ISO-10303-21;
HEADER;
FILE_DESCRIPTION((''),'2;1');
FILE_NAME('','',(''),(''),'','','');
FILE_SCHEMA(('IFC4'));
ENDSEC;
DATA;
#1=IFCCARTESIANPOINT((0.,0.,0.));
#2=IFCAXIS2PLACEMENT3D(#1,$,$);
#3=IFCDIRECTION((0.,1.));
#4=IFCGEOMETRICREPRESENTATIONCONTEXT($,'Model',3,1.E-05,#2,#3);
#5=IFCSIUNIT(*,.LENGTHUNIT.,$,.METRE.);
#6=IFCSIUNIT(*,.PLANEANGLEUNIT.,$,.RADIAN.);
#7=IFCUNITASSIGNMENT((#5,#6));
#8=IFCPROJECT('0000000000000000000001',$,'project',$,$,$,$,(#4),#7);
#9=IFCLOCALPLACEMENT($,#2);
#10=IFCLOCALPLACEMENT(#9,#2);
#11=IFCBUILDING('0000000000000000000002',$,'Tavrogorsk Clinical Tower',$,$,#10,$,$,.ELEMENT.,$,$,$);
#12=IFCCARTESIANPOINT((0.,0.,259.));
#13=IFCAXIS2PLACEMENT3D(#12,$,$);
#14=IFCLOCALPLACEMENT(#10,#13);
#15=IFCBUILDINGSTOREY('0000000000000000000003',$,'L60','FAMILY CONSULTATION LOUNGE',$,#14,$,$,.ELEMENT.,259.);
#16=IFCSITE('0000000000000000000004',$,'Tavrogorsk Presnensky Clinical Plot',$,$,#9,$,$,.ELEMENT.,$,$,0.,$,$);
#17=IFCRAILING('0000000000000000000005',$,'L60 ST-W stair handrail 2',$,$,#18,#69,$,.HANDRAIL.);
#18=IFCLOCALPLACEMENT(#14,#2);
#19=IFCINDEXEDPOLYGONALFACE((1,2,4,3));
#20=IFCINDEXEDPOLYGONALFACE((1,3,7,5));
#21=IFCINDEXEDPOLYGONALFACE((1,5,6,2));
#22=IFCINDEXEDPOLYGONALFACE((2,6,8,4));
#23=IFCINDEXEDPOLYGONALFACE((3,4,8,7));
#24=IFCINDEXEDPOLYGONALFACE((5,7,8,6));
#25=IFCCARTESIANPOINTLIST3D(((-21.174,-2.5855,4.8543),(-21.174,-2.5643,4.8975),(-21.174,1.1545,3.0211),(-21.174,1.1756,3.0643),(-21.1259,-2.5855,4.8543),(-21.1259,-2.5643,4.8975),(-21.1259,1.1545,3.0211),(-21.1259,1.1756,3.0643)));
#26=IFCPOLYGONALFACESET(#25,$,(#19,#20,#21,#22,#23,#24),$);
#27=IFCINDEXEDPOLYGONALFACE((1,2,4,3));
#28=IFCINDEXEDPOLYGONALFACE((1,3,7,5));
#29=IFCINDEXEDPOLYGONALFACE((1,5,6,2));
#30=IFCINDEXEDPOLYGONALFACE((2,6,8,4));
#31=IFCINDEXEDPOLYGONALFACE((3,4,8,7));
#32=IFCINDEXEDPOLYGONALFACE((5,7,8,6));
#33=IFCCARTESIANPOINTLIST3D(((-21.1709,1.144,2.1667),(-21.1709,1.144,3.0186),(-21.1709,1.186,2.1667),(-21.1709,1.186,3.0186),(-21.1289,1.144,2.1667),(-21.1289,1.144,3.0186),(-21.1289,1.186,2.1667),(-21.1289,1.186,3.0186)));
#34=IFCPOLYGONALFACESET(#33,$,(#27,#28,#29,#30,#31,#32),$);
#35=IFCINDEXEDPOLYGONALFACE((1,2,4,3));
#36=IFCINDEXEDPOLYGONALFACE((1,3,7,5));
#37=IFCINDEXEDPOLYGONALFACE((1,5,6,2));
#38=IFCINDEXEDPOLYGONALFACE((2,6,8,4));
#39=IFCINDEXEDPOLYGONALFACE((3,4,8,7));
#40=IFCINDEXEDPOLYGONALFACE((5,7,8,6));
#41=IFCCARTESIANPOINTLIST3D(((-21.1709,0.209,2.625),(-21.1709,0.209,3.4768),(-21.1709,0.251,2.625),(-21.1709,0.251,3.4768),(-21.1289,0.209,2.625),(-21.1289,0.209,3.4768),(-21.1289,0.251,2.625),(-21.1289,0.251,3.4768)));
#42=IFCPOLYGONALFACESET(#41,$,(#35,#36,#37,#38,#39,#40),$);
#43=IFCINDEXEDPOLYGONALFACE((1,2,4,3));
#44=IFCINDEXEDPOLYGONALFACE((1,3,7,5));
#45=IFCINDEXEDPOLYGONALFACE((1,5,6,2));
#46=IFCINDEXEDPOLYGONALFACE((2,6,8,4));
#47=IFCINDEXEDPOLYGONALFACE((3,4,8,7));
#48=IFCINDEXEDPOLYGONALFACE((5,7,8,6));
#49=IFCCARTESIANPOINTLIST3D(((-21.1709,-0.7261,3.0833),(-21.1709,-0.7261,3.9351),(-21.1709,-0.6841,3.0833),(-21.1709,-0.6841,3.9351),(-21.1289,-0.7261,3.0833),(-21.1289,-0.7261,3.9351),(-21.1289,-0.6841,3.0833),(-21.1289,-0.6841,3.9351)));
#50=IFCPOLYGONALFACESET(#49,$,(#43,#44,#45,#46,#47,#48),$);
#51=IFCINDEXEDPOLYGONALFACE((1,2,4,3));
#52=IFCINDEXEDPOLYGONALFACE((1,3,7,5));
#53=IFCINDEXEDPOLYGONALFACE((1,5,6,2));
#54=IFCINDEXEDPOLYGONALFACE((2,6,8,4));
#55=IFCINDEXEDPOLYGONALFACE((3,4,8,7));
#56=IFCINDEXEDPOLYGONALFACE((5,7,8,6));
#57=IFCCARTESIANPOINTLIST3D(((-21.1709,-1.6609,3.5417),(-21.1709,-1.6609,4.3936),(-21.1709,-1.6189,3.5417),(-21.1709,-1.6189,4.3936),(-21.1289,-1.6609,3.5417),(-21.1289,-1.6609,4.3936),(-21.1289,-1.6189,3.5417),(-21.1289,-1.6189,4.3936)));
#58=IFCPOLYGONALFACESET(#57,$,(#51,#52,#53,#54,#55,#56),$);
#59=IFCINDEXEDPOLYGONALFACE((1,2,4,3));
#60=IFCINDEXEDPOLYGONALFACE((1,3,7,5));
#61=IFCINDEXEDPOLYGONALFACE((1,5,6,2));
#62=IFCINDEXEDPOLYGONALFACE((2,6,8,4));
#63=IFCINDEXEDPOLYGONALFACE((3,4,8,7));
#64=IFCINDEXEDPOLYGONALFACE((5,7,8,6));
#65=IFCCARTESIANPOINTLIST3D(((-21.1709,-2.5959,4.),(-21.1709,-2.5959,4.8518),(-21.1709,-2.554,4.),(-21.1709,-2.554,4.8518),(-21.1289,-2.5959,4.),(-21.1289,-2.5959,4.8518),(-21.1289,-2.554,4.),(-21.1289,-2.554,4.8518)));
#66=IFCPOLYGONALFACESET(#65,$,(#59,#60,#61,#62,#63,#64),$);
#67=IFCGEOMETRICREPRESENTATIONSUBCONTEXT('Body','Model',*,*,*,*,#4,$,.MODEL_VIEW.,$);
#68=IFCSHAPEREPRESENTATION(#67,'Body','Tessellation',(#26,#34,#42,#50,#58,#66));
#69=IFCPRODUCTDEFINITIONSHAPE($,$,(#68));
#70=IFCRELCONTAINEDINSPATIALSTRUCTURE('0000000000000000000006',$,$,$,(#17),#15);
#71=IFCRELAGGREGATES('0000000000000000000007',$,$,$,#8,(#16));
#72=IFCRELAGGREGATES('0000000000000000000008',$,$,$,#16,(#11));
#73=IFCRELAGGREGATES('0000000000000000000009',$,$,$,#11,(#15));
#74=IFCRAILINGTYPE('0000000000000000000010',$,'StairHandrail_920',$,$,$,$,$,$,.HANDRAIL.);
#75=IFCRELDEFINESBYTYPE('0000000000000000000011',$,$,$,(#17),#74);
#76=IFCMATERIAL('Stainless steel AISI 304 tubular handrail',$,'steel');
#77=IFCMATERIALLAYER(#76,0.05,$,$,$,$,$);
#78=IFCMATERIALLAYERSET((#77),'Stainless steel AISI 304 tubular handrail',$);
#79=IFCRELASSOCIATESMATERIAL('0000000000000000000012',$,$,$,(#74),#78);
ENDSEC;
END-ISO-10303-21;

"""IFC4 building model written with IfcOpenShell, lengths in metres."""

from ifc_helpers import new_model, si_unit, direction, frame, origin, origin_2d, place, context, subcontext, project, spatial, rectangle, extrude, material, layer, layer_set, type_object, element, save


model = new_model("IFC4")

# Units and contexts
model_context = context("Model", 3, precision=1e-05, world=origin(), true_north=direction((0.0, 1.0)))
body_context = subcontext(model_context, "Body", "Model", "MODEL_VIEW")
ifc_project = project(units=[si_unit("LENGTHUNIT", "METRE"), si_unit("PLANEANGLEUNIT", "RADIAN")], contexts=[model_context])

# Site, building, storey
site_placement = place(None, origin())
site = spatial("IfcSite", under=ifc_project, at=site_placement, Name="Tavrogorsk Presnensky Clinical Plot", CompositionType="ELEMENT", RefElevation=0.0)
building_placement = place(site_placement, origin())
building = spatial("IfcBuilding", under=site, at=building_placement, Name="Tavrogorsk Clinical Tower", CompositionType="ELEMENT")
storey_placement = place(building_placement, frame((0.0, 0.0, 259.0)))
storey = spatial("IfcBuildingStorey", under=building, at=storey_placement, Name="L60", Description="FAMILY CONSULTATION LOUNGE", CompositionType="ELEMENT", Elevation=259.0)

# Railing
ifc_material_1 = material(Name="Stainless steel AISI 304 tubular handrail", Category="steel")
ifc_layer_1 = layer(ifc_material_1, 0.05)
ifc_layer_set_1 = layer_set([ifc_layer_1], Name="Stainless steel AISI 304 tubular handrail")
railing_type = type_object("IfcRailingType", Name="StairHandrail_920", PredefinedType="HANDRAIL", material=ifc_layer_set_1)
railing_placement = place(storey_placement, frame((-21.1499, 1.165, 2.1667)))
element("IfcRailing", 1, at=railing_placement, inside=storey, type_object=railing_type, Name="L60 ST-W stair handrail 2", PredefinedType="HANDRAIL", context=body_context, shape_type="SweptSolid", body=[
    extrude(rectangle(XDim=0.0481, YDim=0.0481, at=origin_2d()), frame((0.0, 0.0, 0.876), z_axis=(0.0, -0.897928, 0.440142), x_axis=(1.0, 0.0, 0.0)), (0.0, 0.0, 1.0), 4.165),
    extrude(rectangle(XDim=0.042, YDim=0.042, at=origin_2d()), origin(), (0.0, 0.0, 1.0), 0.8518),
    extrude(rectangle(XDim=0.042, YDim=0.042, at=origin_2d()), frame((0.0, -0.9351, 0.4583)), (0.0, 0.0, 1.0), 0.8518),
    extrude(rectangle(XDim=0.042, YDim=0.042, at=origin_2d()), frame((0.0, -1.8701, 0.9165)), (0.0, 0.0, 1.0), 0.8518),
    extrude(rectangle(XDim=0.042, YDim=0.042, at=origin_2d()), frame((0.0, -2.8049, 1.375)), (0.0, 0.0, 1.0), 0.8518),
    extrude(rectangle(XDim=0.042, YDim=0.042, at=origin_2d()), frame((0.0, -3.74, 1.8333)), (0.0, 0.0, 1.0), 0.8518),
])

save(model, "model.ifc")
